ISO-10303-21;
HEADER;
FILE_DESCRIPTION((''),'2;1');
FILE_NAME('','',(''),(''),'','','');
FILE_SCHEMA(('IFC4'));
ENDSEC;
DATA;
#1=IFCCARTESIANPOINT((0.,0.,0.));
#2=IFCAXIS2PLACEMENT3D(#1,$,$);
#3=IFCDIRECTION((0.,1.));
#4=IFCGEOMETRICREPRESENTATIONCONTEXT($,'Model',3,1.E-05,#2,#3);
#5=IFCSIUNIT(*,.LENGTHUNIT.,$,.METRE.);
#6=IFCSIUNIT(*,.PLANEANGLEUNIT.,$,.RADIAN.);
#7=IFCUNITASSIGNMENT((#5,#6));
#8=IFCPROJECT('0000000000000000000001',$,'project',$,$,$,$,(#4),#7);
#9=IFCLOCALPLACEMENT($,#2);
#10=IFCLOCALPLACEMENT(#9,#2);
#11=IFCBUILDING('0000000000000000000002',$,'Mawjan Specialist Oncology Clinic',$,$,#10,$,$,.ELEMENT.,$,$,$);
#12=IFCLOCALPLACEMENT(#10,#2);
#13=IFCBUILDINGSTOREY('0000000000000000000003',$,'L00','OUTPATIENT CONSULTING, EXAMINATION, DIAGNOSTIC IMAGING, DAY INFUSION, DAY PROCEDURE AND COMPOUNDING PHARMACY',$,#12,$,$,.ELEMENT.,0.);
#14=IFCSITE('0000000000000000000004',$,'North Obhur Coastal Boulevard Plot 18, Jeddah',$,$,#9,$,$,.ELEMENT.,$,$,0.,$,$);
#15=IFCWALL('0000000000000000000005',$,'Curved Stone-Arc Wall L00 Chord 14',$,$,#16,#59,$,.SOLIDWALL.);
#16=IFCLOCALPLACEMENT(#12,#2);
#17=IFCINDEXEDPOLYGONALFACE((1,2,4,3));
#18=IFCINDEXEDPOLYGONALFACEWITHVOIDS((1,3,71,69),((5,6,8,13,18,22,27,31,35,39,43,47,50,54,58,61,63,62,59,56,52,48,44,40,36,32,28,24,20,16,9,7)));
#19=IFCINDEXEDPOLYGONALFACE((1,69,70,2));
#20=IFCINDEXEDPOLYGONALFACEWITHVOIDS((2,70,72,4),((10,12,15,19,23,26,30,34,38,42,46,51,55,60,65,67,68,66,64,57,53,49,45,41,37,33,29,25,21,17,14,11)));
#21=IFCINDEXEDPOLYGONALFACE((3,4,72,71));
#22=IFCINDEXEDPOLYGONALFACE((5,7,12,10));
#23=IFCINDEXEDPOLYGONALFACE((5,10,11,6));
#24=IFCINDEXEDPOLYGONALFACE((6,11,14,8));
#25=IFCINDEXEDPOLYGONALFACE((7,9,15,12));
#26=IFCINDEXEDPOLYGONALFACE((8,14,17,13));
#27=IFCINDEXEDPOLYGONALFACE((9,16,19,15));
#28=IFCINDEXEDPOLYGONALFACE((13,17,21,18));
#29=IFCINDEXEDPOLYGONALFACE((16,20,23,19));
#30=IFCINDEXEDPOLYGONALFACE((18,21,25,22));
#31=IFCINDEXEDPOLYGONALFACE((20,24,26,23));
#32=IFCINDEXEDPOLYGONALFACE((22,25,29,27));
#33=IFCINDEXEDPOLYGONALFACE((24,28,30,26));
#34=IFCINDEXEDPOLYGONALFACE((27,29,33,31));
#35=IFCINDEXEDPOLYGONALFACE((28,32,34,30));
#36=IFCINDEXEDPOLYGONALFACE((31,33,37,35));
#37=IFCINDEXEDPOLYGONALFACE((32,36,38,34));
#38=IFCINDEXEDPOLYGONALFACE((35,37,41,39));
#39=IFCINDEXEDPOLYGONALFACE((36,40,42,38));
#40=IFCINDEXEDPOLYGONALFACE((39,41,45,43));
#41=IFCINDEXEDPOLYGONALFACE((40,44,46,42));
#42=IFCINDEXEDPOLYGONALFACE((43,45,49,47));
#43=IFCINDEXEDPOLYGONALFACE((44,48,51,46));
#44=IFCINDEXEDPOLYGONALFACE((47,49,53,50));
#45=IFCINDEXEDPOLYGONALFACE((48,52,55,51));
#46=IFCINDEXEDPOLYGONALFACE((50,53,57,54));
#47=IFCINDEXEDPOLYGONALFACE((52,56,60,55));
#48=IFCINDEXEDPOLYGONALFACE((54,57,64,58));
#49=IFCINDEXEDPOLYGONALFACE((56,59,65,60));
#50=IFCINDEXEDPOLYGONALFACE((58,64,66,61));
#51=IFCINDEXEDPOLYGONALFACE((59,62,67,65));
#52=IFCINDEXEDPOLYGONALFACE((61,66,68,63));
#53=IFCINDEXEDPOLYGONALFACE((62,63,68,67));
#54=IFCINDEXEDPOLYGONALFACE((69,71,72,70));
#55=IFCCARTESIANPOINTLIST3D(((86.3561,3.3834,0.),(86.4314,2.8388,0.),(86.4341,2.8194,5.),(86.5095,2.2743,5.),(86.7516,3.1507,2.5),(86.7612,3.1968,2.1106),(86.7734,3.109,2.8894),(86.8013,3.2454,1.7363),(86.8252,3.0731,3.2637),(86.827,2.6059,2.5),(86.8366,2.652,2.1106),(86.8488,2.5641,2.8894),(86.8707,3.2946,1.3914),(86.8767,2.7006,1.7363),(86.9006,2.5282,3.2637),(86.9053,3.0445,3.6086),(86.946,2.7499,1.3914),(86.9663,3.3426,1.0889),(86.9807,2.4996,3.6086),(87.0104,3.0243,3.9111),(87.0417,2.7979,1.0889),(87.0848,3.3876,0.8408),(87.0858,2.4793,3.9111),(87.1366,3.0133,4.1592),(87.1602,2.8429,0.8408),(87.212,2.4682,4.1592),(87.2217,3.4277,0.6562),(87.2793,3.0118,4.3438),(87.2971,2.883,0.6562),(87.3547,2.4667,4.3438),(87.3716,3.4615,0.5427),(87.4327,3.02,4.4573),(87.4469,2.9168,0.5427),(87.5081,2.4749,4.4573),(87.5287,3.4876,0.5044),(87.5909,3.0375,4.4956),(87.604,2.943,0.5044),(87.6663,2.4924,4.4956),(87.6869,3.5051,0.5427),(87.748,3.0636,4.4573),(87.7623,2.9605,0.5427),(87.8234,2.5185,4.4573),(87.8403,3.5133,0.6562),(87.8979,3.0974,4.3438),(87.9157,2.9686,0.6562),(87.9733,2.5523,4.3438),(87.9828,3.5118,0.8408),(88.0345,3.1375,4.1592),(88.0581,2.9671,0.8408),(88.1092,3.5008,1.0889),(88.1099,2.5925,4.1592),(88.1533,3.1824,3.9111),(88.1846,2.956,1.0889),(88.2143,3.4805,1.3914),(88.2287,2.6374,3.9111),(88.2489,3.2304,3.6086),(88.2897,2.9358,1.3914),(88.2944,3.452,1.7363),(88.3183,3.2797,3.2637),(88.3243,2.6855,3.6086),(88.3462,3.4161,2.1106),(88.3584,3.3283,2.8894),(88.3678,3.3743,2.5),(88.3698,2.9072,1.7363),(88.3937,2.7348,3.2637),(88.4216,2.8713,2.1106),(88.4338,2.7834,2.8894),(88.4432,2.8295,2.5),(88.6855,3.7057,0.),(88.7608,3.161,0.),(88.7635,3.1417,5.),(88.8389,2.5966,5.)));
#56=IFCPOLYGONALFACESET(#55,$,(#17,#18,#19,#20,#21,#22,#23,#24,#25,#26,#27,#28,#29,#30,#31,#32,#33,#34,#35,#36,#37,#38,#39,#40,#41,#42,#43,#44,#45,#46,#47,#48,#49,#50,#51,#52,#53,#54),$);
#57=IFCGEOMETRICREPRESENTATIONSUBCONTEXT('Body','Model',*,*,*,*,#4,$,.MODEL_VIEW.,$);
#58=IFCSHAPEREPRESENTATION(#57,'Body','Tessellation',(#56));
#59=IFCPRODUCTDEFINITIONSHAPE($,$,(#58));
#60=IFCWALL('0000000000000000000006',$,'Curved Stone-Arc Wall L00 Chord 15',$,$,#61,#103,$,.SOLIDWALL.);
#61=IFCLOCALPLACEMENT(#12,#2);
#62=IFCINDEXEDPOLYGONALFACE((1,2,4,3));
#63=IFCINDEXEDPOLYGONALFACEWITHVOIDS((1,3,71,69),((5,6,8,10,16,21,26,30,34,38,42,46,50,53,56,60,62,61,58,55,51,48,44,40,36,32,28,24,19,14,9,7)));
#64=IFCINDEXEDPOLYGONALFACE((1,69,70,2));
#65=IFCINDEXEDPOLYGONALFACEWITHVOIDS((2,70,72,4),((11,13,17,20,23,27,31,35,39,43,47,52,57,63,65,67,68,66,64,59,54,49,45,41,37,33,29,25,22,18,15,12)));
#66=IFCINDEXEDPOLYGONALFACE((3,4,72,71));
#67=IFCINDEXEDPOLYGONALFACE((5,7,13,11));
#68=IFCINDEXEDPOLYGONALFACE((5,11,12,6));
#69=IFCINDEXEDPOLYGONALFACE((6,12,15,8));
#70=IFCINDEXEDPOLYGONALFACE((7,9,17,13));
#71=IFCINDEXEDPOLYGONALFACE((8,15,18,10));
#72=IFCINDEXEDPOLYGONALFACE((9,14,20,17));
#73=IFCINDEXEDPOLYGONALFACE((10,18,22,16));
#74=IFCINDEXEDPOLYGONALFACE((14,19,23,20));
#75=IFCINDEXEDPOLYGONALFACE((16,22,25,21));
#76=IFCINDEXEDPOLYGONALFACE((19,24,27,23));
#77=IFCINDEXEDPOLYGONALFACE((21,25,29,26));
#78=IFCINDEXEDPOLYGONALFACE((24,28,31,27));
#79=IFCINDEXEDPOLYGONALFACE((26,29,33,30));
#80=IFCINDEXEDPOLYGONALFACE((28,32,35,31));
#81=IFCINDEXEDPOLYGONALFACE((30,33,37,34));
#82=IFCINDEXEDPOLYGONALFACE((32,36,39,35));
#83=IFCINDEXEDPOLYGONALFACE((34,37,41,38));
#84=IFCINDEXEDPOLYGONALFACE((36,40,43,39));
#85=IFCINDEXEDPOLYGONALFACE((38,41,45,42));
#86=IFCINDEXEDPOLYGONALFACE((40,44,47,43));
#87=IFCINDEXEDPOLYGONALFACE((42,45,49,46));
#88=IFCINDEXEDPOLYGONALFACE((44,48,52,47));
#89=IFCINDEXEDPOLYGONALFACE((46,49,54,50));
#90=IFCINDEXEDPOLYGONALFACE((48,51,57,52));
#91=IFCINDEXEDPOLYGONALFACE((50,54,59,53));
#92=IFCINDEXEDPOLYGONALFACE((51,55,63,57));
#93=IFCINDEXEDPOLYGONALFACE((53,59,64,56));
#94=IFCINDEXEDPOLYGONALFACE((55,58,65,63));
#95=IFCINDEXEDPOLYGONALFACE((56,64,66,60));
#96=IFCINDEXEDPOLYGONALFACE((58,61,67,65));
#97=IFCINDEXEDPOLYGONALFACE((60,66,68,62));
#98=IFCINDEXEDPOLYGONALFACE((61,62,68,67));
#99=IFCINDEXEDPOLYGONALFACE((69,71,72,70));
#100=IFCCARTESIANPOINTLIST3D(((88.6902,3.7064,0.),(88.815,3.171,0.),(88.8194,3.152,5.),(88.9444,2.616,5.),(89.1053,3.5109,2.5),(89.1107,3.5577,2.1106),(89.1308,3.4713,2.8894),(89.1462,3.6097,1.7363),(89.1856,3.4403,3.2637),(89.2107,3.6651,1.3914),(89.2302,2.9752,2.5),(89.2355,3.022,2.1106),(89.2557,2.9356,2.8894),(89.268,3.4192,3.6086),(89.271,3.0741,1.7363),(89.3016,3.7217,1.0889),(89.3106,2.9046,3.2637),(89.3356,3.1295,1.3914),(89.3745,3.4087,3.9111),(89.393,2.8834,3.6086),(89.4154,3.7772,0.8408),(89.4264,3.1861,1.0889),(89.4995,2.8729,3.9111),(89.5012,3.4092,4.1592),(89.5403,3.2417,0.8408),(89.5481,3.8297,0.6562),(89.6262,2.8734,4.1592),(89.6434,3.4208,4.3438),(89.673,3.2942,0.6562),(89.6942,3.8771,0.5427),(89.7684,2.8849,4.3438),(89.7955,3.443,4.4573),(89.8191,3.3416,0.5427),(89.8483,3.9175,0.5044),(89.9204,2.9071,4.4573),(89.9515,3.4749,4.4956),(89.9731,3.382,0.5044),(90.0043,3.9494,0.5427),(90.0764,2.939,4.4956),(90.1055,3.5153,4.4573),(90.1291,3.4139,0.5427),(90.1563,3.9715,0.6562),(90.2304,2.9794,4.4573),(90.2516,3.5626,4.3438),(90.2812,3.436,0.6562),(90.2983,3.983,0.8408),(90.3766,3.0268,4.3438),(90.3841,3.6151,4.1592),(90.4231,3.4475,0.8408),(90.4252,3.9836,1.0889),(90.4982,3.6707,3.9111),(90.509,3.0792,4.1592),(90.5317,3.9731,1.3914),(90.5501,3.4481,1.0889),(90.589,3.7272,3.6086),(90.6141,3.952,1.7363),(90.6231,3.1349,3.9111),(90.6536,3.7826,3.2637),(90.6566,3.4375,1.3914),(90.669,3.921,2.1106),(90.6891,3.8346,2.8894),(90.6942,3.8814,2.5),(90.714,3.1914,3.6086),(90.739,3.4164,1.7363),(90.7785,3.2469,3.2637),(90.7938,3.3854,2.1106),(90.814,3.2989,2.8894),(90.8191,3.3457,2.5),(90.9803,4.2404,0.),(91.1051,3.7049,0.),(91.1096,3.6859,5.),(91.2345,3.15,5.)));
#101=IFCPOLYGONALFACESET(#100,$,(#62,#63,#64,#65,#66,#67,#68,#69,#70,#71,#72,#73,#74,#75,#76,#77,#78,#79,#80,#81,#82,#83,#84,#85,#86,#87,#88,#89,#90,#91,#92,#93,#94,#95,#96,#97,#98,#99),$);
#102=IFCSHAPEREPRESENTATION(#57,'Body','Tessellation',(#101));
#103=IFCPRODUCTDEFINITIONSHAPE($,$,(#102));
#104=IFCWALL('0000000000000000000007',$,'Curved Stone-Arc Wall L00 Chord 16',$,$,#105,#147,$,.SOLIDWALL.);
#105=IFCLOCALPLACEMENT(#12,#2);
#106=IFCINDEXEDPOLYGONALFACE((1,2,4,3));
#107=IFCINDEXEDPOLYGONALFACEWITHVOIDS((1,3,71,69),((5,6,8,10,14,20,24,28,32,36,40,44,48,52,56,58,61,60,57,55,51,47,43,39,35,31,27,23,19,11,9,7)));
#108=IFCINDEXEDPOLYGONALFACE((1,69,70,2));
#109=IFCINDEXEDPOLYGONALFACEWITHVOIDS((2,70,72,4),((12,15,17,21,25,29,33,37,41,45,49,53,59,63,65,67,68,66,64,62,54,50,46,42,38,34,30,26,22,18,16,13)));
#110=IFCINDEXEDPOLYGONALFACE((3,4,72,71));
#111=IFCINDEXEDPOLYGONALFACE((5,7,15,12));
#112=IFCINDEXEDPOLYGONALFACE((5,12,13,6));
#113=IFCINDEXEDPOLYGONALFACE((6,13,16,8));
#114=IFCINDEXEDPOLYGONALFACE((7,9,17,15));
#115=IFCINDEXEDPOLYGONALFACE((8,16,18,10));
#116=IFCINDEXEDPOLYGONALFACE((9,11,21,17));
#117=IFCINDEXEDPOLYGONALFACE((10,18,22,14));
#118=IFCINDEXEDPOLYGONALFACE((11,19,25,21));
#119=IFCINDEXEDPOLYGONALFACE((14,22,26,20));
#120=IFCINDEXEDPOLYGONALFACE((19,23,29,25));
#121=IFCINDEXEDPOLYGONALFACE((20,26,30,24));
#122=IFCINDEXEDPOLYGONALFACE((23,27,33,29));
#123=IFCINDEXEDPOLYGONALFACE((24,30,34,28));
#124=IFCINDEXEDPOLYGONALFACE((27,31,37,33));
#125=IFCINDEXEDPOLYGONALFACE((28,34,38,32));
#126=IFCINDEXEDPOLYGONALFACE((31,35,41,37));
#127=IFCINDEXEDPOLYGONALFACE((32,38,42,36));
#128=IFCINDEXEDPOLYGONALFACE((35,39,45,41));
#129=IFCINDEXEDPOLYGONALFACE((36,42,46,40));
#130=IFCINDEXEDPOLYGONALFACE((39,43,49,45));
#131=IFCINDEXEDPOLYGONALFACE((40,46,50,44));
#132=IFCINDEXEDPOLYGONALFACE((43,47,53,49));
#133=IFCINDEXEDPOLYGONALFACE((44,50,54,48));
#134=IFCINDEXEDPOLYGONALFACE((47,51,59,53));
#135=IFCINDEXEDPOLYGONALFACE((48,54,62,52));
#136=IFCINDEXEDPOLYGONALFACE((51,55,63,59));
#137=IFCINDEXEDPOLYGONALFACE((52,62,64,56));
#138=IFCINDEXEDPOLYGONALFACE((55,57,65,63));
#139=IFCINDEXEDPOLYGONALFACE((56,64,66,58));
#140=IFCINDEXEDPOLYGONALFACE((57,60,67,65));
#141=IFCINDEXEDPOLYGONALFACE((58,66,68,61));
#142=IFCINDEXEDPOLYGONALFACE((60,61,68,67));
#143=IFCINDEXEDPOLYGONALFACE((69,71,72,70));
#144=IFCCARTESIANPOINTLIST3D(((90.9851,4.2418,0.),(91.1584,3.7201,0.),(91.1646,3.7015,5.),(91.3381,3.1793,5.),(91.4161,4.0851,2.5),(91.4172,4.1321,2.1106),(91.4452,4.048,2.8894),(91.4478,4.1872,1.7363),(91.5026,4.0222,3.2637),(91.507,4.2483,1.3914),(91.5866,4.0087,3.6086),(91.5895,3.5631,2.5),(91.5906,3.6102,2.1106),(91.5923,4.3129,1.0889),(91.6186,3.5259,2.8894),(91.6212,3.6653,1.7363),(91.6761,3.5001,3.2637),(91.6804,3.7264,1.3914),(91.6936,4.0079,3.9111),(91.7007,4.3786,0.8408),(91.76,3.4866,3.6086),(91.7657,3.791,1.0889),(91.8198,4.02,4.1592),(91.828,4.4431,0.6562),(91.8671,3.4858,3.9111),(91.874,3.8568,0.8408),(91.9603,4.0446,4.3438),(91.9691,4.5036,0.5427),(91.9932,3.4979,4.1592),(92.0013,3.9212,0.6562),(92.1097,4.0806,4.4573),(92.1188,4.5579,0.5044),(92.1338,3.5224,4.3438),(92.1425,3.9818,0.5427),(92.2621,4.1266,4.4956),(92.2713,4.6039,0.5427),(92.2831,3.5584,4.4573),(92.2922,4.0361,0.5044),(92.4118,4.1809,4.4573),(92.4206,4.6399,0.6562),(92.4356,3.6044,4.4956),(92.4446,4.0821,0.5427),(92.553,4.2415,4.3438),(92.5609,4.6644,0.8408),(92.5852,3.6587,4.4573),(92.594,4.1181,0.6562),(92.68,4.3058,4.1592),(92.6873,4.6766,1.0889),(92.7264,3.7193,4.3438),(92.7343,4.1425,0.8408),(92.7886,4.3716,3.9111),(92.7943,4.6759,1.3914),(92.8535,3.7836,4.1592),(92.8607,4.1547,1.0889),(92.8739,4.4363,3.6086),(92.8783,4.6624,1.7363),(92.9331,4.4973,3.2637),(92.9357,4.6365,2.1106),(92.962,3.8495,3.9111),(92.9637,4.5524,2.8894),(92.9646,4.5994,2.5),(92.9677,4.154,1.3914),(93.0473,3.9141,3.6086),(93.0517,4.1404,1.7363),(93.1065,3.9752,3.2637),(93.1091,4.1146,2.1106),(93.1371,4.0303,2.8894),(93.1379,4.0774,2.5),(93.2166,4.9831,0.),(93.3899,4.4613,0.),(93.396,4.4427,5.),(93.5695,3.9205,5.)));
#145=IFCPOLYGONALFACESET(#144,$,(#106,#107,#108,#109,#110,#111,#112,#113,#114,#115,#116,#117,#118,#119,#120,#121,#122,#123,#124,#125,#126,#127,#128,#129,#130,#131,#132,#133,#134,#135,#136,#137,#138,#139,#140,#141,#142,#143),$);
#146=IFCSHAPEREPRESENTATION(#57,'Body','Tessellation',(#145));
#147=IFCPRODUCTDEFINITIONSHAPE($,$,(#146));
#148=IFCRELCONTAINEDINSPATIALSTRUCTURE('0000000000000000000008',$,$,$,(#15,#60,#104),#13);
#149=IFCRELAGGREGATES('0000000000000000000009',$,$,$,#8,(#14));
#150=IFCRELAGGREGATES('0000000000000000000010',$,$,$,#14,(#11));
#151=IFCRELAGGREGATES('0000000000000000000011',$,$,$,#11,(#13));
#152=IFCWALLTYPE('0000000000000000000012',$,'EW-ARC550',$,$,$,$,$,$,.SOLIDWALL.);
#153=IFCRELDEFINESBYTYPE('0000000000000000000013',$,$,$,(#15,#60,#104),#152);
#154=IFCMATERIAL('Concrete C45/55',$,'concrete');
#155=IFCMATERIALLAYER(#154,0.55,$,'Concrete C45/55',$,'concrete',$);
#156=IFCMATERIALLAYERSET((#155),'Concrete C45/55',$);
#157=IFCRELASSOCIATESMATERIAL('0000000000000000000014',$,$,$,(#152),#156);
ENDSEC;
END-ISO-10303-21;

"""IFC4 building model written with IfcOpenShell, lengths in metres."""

from ifc_helpers import new_model, si_unit, direction, frame, origin, place, context, subcontext, project, spatial, polyline, outline, extrude, material, layer, layer_set, type_object, element, save


model = new_model("IFC4")

# Units and contexts
model_context = context("Model", 3, precision=1e-05, world=origin(), true_north=direction((0.0, 1.0)))
body_context = subcontext(model_context, "Body", "Model", "MODEL_VIEW")
ifc_project = project(units=[si_unit("LENGTHUNIT", "METRE"), si_unit("PLANEANGLEUNIT", "RADIAN")], contexts=[model_context])

# Site, building, storey
site_placement = place(None, origin())
site = spatial("IfcSite", under=ifc_project, at=site_placement, Name="North Obhur Coastal Boulevard Plot 18, Jeddah", CompositionType="ELEMENT", RefElevation=0.0)
building_placement = place(site_placement, origin())
building = spatial("IfcBuilding", under=site, at=building_placement, Name="Mawjan Specialist Oncology Clinic", CompositionType="ELEMENT")
storey_placement = place(building_placement, origin())
storey = spatial("IfcBuildingStorey", under=building, at=storey_placement, Name="L00", Description="OUTPATIENT CONSULTING, EXAMINATION, DIAGNOSTIC IMAGING, DAY INFUSION, DAY PROCEDURE AND COMPOUNDING PHARMACY", CompositionType="ELEMENT", Elevation=0.0)

# Shared definitions
ifc_material_1 = material(Name="Concrete C45/55", Category="concrete")
ifc_layer_1 = layer(ifc_material_1, 0.55, Name="Concrete C45/55", Category="concrete")
ifc_layer_set_1 = layer_set([ifc_layer_1], Name="Concrete C45/55")
wall_type = type_object("IfcWallType", Name="EW-ARC550", PredefinedType="SOLIDWALL", material=ifc_layer_set_1)

# Walls, openings
wall_1_placement = place(storey_placement, frame((88.7231, 3.4333, 0.0), z_axis=(0.0, 0.0, 1.0), x_axis=(-0.990565, -0.137045, 0.0)))
wall_1 = element("IfcWall", 1, at=wall_1_placement, inside=storey, type_object=wall_type, Name="Curved Stone-Arc Wall L00 Chord 14", PredefinedType="SOLIDWALL", context=body_context, shape_type="SweptSolid", body=[
    extrude(outline(polyline([(-0.2749, 0.0), (0.2749, 0.0), (0.8447, 5.0), (0.2944, 5.0), (-0.2749, 0.0)])), frame((0.0, 0.0, 0.0), z_axis=(1.0, 0.0, 0.0), x_axis=(0.0, 1.0, 0.0)), (0.0, 0.0, 1.0), 2.3516),
])
opening_1_placement = place(wall_1_placement, origin())
element("IfcOpeningElement", 2, at=opening_1_placement, cuts=wall_1, PredefinedType="OPENING", context=body_context, shape_type="SweptSolid", body=[
    extrude(outline(polyline([(1.9917, 2.5), (1.9758, 2.8894), (1.9294, 3.2637), (1.854, 3.6086), (1.7527, 3.9111), (1.6292, 4.1592), (1.488, 4.3438), (1.335, 4.4573), (1.1758, 4.4956), (1.0166, 4.4573), (0.8635, 4.3438), (0.7227, 4.1592), (0.5989, 3.9111), (0.4976, 3.6086), (0.4221, 3.2637), (0.3757, 2.8894), (0.3601, 2.5), (0.3757, 2.1106), (0.4221, 1.7363), (0.4976, 1.3914), (0.5989, 1.0889), (0.7227, 0.8408), (0.8635, 0.6562), (1.0166, 0.5427), (1.1758, 0.5044), (1.335, 0.5427), (1.488, 0.6562), (1.6292, 0.8408), (1.7527, 1.0889), (1.854, 1.3914), (1.9294, 1.7363), (1.9758, 2.1106), (1.9917, 2.5)])), frame((0.0, 0.8645, 0.0), z_axis=(0.0, -1.0, 0.0), x_axis=(1.0, 0.0, 0.0)), (0.0, 0.0, 1.0), 1.1597),
])
wall_2_placement = place(storey_placement, frame((91.0427, 3.9727, 0.0), z_axis=(0.0, 0.0, 1.0), x_axis=(-0.973879, -0.227066, 0.0)))
wall_2 = element("IfcWall", 3, at=wall_2_placement, inside=storey, type_object=wall_type, Name="Curved Stone-Arc Wall L00 Chord 15", PredefinedType="SOLIDWALL", context=body_context, shape_type="SweptSolid", body=[
    extrude(outline(polyline([(-0.2749, 0.0), (0.2749, 0.0), (0.8447, 5.0), (0.2944, 5.0), (-0.2749, 0.0)])), frame((0.0, 0.0, 0.0), z_axis=(1.0, 0.0, 0.0), x_axis=(0.0, 1.0, 0.0)), (0.0, 0.0, 1.0), 2.3516),
])
opening_2_placement = place(wall_2_placement, origin())
element("IfcOpeningElement", 4, at=opening_2_placement, cuts=wall_2, PredefinedType="OPENING", context=body_context, shape_type="SweptSolid", body=[
    extrude(outline(polyline([(1.9917, 2.5), (1.9758, 2.8894), (1.9294, 3.2637), (1.854, 3.6086), (1.7527, 3.9111), (1.6292, 4.1592), (1.488, 4.3438), (1.335, 4.4573), (1.1758, 4.4956), (1.0166, 4.4573), (0.8635, 4.3438), (0.7227, 4.1592), (0.5989, 3.9111), (0.4976, 3.6086), (0.4221, 3.2637), (0.3757, 2.8894), (0.3601, 2.5), (0.3757, 2.1106), (0.4221, 1.7363), (0.4976, 1.3914), (0.5989, 1.0889), (0.7227, 0.8408), (0.8635, 0.6562), (1.0166, 0.5427), (1.1758, 0.5044), (1.335, 0.5427), (1.488, 0.6562), (1.6292, 0.8408), (1.7527, 1.0889), (1.854, 1.3914), (1.9294, 1.7363), (1.9758, 2.1106), (1.9917, 2.5)])), frame((0.0, 0.8645, 0.0), z_axis=(0.0, -1.0, 0.0), x_axis=(1.0, 0.0, 0.0)), (0.0, 0.0, 1.0), 1.1597),
])
wall_3_placement = place(storey_placement, frame((93.3032, 4.7222, 0.0), z_axis=(0.0, 0.0, 1.0), x_axis=(-0.949015, -0.315231, 0.0)))
wall_3 = element("IfcWall", 5, at=wall_3_placement, inside=storey, type_object=wall_type, Name="Curved Stone-Arc Wall L00 Chord 16", PredefinedType="SOLIDWALL", context=body_context, shape_type="SweptSolid", body=[
    extrude(outline(polyline([(-0.2749, 0.0), (0.2749, 0.0), (0.8447, 5.0), (0.2944, 5.0), (-0.2749, 0.0)])), frame((0.0, 0.0, 0.0), z_axis=(1.0, 0.0, 0.0), x_axis=(0.0, 1.0, 0.0)), (0.0, 0.0, 1.0), 2.3513),
])
opening_3_placement = place(wall_3_placement, origin())
element("IfcOpeningElement", 6, at=opening_3_placement, cuts=wall_3, PredefinedType="OPENING", context=body_context, shape_type="SweptSolid", body=[
    extrude(outline(polyline([(1.9917, 2.5), (1.9758, 2.8894), (1.9294, 3.2637), (1.854, 3.6086), (1.7527, 3.9111), (1.6292, 4.1592), (1.488, 4.3438), (1.335, 4.4573), (1.1758, 4.4956), (1.0166, 4.4573), (0.8635, 4.3438), (0.7227, 4.1592), (0.5989, 3.9111), (0.4976, 3.6086), (0.4221, 3.2637), (0.3757, 2.8894), (0.3601, 2.5), (0.3757, 2.1106), (0.4221, 1.7363), (0.4976, 1.3914), (0.5989, 1.0889), (0.7227, 0.8408), (0.8635, 0.6562), (1.0166, 0.5427), (1.1758, 0.5044), (1.335, 0.5427), (1.488, 0.6562), (1.6292, 0.8408), (1.7527, 1.0889), (1.854, 1.3914), (1.9294, 1.7363), (1.9758, 2.1106), (1.9917, 2.5)])), frame((0.0, 0.8645, 0.0), z_axis=(0.0, -1.0, 0.0), x_axis=(1.0, 0.0, 0.0)), (0.0, 0.0, 1.0), 1.1597),
])

save(model, "model.ifc")
